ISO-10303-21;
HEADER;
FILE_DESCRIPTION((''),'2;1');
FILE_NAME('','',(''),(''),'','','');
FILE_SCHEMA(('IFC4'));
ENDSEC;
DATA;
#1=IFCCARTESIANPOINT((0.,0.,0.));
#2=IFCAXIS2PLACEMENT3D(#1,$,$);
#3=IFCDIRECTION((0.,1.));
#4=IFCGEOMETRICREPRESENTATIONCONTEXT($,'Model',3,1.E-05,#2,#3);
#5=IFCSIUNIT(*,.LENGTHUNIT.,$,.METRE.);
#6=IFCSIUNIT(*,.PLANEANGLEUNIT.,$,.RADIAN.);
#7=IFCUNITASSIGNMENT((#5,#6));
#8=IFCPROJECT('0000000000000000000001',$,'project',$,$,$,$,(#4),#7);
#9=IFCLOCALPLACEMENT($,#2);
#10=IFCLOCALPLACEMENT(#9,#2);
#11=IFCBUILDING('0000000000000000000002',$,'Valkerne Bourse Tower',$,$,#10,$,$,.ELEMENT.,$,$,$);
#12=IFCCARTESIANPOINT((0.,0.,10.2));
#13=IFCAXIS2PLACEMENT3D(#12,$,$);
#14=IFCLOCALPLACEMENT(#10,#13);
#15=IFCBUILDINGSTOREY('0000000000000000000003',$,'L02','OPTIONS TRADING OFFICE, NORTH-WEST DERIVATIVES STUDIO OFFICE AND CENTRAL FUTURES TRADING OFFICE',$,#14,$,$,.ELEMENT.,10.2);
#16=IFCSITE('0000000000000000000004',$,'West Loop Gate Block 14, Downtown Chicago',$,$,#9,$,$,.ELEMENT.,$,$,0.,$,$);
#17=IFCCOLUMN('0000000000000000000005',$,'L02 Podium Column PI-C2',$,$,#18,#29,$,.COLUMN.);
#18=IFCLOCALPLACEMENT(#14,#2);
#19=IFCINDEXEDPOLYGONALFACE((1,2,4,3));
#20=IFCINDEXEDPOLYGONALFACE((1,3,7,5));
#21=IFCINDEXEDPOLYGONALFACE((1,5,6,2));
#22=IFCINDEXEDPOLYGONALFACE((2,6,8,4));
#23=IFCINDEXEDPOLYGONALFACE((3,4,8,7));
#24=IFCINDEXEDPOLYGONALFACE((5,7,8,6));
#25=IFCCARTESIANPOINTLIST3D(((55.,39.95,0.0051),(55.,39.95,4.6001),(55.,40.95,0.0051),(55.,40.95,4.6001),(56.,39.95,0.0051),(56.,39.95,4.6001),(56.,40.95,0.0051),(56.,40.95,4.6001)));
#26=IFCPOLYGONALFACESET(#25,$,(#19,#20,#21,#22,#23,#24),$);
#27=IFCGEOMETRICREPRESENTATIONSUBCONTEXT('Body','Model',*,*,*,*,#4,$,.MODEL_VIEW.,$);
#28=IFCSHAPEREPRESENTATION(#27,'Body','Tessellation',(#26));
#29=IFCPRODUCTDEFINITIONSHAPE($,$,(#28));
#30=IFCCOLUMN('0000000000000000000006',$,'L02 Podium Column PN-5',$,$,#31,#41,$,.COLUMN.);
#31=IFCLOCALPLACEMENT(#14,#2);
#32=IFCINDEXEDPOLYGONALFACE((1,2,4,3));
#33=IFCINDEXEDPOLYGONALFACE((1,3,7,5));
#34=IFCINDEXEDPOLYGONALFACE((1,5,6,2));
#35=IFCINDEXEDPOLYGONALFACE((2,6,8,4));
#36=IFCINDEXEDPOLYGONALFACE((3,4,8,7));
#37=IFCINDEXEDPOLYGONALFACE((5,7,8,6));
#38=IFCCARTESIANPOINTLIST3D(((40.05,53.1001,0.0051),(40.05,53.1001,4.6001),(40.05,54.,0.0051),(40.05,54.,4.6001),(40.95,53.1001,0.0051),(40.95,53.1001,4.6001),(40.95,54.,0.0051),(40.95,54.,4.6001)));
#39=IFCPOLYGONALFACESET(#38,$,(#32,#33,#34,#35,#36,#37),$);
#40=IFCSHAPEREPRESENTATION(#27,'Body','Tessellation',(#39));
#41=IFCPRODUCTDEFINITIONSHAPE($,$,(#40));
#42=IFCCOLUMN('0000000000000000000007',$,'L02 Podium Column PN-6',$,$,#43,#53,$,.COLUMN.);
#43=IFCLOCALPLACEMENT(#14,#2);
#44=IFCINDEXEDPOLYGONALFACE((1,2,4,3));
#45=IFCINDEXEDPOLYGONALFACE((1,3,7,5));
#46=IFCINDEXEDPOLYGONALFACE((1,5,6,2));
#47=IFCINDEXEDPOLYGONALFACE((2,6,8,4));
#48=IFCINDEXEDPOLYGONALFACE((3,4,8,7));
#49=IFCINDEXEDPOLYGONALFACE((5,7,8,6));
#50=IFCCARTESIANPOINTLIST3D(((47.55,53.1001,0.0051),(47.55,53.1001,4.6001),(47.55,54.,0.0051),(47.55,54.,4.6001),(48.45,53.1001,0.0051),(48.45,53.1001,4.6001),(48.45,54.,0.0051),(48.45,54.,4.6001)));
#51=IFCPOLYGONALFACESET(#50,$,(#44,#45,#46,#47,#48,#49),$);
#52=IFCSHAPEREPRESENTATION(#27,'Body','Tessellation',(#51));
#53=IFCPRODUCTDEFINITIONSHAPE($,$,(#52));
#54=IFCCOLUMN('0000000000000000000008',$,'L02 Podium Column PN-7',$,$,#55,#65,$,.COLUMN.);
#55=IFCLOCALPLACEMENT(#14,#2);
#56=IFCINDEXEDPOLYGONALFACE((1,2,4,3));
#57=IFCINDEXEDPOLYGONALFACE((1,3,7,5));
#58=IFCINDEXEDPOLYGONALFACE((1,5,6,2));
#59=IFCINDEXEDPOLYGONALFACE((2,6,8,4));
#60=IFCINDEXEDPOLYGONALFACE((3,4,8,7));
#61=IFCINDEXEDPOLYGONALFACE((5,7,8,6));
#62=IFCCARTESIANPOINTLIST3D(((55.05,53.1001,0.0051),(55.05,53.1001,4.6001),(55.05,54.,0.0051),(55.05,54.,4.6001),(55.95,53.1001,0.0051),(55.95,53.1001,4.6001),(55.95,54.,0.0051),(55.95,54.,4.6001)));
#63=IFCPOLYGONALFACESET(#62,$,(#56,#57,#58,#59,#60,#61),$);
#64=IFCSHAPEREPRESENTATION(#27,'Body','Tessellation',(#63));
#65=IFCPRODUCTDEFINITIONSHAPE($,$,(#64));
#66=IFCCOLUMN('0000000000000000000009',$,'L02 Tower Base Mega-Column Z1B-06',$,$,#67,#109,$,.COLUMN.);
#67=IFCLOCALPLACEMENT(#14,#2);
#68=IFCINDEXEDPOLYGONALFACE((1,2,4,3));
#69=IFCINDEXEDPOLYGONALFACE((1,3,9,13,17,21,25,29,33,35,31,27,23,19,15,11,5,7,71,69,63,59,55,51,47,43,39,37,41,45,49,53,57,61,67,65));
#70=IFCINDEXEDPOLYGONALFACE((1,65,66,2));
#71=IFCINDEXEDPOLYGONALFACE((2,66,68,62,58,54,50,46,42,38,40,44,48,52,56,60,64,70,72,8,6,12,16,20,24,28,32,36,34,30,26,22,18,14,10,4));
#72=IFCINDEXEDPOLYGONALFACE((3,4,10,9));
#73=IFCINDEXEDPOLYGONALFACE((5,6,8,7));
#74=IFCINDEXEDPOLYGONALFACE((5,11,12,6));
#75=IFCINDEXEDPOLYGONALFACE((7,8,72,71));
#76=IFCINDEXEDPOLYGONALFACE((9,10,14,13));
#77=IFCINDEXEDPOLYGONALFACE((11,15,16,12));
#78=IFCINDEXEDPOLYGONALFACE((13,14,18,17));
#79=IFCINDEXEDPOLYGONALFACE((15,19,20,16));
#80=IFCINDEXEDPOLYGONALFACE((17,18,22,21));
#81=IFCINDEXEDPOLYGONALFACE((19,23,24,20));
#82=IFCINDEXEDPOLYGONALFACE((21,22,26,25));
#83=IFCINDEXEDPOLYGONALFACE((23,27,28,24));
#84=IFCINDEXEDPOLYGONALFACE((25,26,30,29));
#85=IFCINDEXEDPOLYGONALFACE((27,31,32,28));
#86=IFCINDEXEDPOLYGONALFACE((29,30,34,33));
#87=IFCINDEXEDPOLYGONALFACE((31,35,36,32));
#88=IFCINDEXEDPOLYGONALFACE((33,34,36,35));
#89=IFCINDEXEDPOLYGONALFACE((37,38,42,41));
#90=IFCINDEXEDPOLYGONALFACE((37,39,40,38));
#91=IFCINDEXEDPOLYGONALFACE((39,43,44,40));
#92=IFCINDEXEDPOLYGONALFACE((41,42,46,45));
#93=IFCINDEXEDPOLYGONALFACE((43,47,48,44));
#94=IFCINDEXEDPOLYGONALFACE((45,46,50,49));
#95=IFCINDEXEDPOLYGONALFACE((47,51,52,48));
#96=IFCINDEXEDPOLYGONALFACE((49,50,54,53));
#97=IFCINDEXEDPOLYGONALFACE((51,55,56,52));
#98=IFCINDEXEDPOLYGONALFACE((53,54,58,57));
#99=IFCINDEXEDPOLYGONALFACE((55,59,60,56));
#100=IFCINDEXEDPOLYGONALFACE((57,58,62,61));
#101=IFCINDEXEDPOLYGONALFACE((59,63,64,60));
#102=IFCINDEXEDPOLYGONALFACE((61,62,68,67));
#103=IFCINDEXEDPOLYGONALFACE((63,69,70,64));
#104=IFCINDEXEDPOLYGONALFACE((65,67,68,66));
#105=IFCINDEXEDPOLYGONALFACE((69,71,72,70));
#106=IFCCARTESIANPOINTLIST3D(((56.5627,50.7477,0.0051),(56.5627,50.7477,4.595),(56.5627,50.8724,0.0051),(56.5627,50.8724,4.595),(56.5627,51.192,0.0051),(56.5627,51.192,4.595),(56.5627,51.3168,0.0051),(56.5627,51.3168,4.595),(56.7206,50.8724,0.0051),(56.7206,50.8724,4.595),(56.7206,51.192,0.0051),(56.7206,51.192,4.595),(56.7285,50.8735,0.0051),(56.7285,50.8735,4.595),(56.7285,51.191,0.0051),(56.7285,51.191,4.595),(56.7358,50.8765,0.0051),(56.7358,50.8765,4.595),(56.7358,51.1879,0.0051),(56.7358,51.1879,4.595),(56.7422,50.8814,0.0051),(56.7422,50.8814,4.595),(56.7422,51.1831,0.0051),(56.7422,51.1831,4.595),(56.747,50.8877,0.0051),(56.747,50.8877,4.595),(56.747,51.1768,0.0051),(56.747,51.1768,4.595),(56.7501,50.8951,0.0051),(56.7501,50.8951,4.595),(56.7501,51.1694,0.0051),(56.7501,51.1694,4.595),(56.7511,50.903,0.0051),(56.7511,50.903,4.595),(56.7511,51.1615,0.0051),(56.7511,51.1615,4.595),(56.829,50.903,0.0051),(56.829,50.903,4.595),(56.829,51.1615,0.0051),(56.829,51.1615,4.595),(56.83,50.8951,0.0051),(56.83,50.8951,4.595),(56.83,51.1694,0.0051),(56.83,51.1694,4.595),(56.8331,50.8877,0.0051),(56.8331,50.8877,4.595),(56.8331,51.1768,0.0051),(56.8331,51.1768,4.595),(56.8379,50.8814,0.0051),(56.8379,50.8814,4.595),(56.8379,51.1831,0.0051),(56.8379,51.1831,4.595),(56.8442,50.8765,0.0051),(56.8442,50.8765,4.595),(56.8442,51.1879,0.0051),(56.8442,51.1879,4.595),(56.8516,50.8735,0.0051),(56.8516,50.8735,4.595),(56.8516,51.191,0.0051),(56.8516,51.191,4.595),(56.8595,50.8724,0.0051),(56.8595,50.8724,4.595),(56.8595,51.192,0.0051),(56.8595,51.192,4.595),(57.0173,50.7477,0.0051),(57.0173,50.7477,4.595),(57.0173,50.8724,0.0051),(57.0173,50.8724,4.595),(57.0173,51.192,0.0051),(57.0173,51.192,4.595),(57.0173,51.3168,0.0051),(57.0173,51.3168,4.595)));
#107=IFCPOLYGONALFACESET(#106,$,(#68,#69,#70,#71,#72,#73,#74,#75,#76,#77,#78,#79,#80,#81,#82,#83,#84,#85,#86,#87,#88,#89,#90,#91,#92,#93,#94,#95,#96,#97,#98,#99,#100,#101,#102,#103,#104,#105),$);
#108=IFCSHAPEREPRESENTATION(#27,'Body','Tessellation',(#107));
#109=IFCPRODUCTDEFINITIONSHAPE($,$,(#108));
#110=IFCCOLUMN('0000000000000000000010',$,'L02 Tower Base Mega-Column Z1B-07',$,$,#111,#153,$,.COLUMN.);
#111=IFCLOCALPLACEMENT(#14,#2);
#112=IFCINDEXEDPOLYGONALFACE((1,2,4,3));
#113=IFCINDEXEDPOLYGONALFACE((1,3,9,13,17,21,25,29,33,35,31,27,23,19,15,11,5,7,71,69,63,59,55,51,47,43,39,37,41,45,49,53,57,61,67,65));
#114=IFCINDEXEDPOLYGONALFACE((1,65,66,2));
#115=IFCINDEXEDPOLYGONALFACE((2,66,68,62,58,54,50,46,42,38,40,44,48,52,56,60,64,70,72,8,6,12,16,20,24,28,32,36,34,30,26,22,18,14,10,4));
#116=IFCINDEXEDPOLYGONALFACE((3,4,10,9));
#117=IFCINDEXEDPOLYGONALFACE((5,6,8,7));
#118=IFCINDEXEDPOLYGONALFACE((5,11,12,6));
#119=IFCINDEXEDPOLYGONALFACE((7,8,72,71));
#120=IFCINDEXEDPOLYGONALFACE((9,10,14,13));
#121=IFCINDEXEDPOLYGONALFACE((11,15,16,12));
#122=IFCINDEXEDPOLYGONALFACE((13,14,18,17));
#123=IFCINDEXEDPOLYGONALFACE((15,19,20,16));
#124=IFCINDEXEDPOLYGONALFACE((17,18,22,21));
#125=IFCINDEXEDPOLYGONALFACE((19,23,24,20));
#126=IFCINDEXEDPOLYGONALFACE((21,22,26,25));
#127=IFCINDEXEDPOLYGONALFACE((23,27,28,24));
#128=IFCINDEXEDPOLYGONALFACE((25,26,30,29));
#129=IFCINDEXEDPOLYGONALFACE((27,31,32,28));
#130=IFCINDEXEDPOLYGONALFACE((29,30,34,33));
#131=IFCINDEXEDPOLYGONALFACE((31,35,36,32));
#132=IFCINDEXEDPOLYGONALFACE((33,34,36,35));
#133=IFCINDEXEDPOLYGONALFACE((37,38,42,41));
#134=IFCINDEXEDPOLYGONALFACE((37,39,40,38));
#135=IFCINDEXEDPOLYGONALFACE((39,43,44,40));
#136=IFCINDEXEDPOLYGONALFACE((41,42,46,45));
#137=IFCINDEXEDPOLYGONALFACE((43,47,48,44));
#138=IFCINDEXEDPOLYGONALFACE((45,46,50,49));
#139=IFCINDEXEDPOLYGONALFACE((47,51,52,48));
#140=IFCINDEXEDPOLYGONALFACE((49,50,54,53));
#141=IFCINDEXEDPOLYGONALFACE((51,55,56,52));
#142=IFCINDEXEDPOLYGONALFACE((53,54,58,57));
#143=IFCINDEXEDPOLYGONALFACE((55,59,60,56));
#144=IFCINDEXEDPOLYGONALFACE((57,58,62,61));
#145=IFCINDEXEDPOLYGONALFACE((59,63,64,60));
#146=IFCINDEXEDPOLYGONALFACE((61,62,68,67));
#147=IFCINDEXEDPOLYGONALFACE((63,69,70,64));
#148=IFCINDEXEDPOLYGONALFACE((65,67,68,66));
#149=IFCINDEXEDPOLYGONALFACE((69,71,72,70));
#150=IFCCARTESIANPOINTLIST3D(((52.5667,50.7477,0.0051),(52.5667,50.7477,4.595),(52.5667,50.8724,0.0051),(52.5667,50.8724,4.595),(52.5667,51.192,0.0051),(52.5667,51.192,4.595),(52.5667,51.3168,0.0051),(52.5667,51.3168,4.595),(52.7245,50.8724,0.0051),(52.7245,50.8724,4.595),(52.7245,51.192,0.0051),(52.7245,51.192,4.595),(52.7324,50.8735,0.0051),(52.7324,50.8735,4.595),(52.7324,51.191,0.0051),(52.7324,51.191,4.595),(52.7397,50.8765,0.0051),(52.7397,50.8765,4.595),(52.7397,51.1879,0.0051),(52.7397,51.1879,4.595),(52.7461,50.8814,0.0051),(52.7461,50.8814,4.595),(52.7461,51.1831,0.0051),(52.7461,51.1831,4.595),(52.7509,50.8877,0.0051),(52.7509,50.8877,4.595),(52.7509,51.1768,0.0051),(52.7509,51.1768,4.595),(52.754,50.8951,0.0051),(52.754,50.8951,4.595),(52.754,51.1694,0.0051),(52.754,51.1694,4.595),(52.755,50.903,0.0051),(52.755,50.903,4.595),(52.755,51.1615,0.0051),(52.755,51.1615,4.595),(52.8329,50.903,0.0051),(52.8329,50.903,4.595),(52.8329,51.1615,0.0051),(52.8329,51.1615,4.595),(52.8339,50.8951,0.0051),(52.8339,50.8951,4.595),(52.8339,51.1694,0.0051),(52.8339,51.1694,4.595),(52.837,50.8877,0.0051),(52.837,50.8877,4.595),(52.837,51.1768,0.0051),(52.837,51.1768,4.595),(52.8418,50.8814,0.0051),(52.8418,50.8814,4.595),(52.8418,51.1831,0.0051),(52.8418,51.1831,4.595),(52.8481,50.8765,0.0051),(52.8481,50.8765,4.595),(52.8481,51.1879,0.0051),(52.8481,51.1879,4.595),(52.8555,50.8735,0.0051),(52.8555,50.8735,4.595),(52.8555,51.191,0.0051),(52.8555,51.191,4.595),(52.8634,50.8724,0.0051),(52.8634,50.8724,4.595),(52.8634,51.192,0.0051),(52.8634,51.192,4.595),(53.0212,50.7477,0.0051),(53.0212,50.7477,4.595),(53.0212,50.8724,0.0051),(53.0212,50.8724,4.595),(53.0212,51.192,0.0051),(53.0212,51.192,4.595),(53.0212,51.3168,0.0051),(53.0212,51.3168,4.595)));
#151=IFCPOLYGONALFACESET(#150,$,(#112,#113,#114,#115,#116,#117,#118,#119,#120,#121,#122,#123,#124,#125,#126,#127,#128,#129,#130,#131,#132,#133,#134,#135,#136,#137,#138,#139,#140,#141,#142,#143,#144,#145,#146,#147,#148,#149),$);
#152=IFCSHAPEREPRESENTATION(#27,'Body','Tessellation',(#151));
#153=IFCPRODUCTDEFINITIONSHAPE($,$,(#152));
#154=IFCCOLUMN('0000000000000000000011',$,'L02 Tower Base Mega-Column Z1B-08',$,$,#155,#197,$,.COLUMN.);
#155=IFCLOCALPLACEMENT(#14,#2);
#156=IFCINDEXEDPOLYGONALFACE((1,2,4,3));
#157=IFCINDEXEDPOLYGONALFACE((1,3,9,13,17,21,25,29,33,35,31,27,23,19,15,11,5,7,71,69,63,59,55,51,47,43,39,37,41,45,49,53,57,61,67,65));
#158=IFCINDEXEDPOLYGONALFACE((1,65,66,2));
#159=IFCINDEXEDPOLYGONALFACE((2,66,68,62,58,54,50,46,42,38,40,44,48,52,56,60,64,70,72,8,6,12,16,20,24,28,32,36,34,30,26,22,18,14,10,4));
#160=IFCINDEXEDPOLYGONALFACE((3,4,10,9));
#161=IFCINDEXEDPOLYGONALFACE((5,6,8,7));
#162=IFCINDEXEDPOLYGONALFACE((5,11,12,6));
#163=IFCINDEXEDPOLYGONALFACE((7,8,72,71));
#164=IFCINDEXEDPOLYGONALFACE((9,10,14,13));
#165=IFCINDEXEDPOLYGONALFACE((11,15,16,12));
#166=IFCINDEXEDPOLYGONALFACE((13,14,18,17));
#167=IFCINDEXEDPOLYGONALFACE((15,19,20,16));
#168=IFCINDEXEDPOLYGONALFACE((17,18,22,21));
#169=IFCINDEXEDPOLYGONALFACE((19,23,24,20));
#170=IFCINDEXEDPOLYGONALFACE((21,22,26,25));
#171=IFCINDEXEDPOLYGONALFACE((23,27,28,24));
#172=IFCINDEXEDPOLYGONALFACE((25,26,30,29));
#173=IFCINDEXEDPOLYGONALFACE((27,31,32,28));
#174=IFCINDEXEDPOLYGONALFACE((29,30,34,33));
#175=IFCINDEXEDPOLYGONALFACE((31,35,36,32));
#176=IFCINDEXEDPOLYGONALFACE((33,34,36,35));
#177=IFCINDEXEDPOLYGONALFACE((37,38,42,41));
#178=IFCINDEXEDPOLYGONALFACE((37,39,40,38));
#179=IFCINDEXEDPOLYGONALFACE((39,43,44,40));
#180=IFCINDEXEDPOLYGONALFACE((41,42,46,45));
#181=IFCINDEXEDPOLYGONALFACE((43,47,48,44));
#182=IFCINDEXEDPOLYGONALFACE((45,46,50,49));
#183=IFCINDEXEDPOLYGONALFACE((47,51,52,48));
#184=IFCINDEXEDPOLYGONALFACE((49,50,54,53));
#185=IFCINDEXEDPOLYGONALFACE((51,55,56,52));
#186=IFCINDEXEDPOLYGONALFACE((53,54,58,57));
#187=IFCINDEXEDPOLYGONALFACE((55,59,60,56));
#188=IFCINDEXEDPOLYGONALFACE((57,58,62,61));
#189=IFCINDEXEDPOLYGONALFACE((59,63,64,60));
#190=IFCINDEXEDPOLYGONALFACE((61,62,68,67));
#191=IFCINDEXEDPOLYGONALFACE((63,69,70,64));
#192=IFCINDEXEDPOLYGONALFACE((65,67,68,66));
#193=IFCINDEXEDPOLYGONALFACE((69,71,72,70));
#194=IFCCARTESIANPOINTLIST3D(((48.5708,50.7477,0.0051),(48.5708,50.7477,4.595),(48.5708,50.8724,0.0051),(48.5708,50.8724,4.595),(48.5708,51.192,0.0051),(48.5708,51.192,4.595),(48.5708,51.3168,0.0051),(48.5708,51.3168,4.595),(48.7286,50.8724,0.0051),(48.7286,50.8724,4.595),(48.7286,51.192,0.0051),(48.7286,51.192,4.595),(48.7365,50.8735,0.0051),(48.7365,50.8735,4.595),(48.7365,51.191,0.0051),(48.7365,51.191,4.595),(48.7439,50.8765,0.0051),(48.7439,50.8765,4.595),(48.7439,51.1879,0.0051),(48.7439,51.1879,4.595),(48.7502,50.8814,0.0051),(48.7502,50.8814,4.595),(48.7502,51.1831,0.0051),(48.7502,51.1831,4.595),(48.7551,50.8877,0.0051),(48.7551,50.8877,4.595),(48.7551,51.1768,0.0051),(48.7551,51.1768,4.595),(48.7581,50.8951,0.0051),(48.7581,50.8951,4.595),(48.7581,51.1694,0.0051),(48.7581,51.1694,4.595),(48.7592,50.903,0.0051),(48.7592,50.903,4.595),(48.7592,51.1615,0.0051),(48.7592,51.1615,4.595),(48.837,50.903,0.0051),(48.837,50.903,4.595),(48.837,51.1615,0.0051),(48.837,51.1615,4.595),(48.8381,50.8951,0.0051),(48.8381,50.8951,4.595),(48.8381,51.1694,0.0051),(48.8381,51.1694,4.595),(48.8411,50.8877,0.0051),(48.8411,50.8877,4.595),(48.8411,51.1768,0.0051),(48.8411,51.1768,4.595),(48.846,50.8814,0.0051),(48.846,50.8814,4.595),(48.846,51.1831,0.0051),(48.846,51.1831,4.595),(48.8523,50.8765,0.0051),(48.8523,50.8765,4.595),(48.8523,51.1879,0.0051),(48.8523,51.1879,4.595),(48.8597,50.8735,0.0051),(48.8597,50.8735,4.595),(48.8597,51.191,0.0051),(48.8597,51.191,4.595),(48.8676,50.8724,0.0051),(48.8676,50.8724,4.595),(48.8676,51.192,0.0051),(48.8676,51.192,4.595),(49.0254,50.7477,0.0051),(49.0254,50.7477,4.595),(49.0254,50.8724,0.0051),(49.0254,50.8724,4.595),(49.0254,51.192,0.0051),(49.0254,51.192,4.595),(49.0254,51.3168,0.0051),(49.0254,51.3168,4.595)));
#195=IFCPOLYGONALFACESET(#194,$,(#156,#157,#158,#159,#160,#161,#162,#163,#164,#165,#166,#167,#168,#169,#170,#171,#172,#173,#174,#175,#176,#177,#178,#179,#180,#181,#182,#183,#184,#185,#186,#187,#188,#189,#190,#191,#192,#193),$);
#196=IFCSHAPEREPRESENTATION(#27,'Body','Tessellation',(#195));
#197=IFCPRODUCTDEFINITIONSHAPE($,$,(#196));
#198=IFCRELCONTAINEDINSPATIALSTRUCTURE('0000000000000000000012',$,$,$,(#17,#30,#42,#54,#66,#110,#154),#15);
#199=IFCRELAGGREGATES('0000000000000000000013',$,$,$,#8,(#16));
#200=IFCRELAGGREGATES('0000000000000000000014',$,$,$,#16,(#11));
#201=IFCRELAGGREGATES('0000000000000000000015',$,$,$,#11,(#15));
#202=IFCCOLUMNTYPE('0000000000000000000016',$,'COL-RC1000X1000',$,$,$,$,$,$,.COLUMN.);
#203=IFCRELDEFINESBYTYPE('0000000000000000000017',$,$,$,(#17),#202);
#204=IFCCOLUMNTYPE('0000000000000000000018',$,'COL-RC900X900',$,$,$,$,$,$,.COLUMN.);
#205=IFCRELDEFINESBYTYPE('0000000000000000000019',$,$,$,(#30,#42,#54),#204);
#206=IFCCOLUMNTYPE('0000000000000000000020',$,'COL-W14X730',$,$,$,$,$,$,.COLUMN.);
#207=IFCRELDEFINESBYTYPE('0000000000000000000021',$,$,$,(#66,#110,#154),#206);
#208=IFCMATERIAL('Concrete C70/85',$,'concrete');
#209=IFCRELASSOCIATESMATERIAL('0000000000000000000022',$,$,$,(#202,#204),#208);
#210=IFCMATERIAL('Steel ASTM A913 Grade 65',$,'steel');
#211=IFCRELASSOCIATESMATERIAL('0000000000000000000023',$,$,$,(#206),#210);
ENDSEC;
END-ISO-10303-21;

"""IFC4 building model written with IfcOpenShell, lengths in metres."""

from ifc_helpers import new_model, si_unit, direction, frame, origin, origin_2d, place, context, subcontext, project, spatial, rectangle, i_section, extrude, material, material_profile, profile_set, type_object, element, save


model = new_model("IFC4")

# Units and contexts
model_context = context("Model", 3, precision=1e-05, world=origin(), true_north=direction((0.0, 1.0)))
body_context = subcontext(model_context, "Body", "Model", "MODEL_VIEW")
ifc_project = project(units=[si_unit("LENGTHUNIT", "METRE"), si_unit("PLANEANGLEUNIT", "RADIAN")], contexts=[model_context])

# Site, building, storey
site_placement = place(None, origin())
site = spatial("IfcSite", under=ifc_project, at=site_placement, Name="West Loop Gate Block 14, Downtown Chicago", CompositionType="ELEMENT", RefElevation=0.0)
building_placement = place(site_placement, origin())
building = spatial("IfcBuilding", under=site, at=building_placement, Name="Valkerne Bourse Tower", CompositionType="ELEMENT")
storey_placement = place(building_placement, frame((0.0, 0.0, 10.2)))
storey = spatial("IfcBuildingStorey", under=building, at=storey_placement, Name="L02", Description="OPTIONS TRADING OFFICE, NORTH-WEST DERIVATIVES STUDIO OFFICE AND CENTRAL FUTURES TRADING OFFICE", CompositionType="ELEMENT", Elevation=10.2)

# Columns
ifc_material_1 = material(Name="Concrete C70/85", Category="concrete")
ifc_material_profile_1 = material_profile(ifc_material_1, rectangle(XDim=1.0, YDim=1.0, at=origin_2d()), Name="RC1000X1000")
ifc_profile_set_1 = profile_set([ifc_material_profile_1], Name="Concrete C70/85")
column_type_1 = type_object("IfcColumnType", Name="COL-RC1000X1000", PredefinedType="COLUMN", material=ifc_profile_set_1)
column_placement = place(storey_placement, frame((55.5, 40.45, 0.0051), z_axis=(0.0, 0.0, 1.0), x_axis=(1.0, 0.0, 0.0)))
element("IfcColumn", 1, at=column_placement, inside=storey, type_object=column_type_1, Name="L02 Podium Column PI-C2", PredefinedType="COLUMN", context=body_context, shape_type="SweptSolid", body=[
    extrude(rectangle(XDim=1.0, YDim=1.0, at=origin_2d()), origin(), (0.0, 0.0, 1.0), 4.595),
])
ifc_material_profile_2 = material_profile(ifc_material_1, rectangle(XDim=0.8999, YDim=0.8999, at=origin_2d()), Name="RC900X900")
ifc_profile_set_2 = profile_set([ifc_material_profile_2], Name="Concrete C70/85")
column_type_2 = type_object("IfcColumnType", Name="COL-RC900X900", PredefinedType="COLUMN", material=ifc_profile_set_2)
for number, where, z_axis, x_axis, name in (
    (2, (40.5, 53.55, 0.0051), (0.0, 0.0, 1.0), (1.0, 0.0, 0.0), "L02 Podium Column PN-5"),
    (3, (48.0, 53.55, 0.0051), (0.0, 0.0, 1.0), (1.0, 0.0, 0.0), "L02 Podium Column PN-6"),
    (4, (55.5, 53.55, 0.0051), (0.0, 0.0, 1.0), (1.0, 0.0, 0.0), "L02 Podium Column PN-7"),
):
    element("IfcColumn", number, at=place(storey_placement, frame(where, z_axis=z_axis, x_axis=x_axis)), inside=storey, type_object=column_type_2, Name=name, PredefinedType="COLUMN", context=body_context, shape_type="SweptSolid", body=[
        extrude(rectangle(XDim=0.8999, YDim=0.8999, at=origin_2d()), origin(), (0.0, 0.0, 1.0), 4.595),
    ])
ifc_material_2 = material(Name="Steel ASTM A913 Grade 65", Category="steel")
ifc_material_profile_3 = material_profile(ifc_material_2, i_section(OverallWidth=0.4546, OverallDepth=0.5691, WebThickness=0.0779, FlangeThickness=0.1248, FilletRadius=0.0305, at=origin_2d()), Name="W14X730")
ifc_profile_set_3 = profile_set([ifc_material_profile_3], Name="Steel ASTM A913 Grade 65")
column_type_3 = type_object("IfcColumnType", Name="COL-W14X730", PredefinedType="COLUMN", material=ifc_profile_set_3)
for number, where, z_axis, x_axis, name in (
    (5, (56.79, 51.0322, 0.0051), (0.0, 0.0, 1.0), (-1.0, 0.0, 0.0), "L02 Tower Base Mega-Column Z1B-06"),
    (6, (52.7939, 51.0322, 0.0051), (0.0, 0.0, 1.0), (-1.0, 0.0, 0.0), "L02 Tower Base Mega-Column Z1B-07"),
    (7, (48.7981, 51.0322, 0.0051), (0.0, 0.0, 1.0), (-1.0, 0.0, 0.0), "L02 Tower Base Mega-Column Z1B-08"),
):
    element("IfcColumn", number, at=place(storey_placement, frame(where, z_axis=z_axis, x_axis=x_axis)), inside=storey, type_object=column_type_3, Name=name, PredefinedType="COLUMN", context=body_context, shape_type="SweptSolid", body=[
        extrude(i_section(OverallWidth=0.4546, OverallDepth=0.5691, WebThickness=0.0779, FlangeThickness=0.1248, FilletRadius=0.0305, at=origin_2d()), origin(), (0.0, 0.0, 1.0), 4.5898),
    ])

save(model, "model.ifc")
